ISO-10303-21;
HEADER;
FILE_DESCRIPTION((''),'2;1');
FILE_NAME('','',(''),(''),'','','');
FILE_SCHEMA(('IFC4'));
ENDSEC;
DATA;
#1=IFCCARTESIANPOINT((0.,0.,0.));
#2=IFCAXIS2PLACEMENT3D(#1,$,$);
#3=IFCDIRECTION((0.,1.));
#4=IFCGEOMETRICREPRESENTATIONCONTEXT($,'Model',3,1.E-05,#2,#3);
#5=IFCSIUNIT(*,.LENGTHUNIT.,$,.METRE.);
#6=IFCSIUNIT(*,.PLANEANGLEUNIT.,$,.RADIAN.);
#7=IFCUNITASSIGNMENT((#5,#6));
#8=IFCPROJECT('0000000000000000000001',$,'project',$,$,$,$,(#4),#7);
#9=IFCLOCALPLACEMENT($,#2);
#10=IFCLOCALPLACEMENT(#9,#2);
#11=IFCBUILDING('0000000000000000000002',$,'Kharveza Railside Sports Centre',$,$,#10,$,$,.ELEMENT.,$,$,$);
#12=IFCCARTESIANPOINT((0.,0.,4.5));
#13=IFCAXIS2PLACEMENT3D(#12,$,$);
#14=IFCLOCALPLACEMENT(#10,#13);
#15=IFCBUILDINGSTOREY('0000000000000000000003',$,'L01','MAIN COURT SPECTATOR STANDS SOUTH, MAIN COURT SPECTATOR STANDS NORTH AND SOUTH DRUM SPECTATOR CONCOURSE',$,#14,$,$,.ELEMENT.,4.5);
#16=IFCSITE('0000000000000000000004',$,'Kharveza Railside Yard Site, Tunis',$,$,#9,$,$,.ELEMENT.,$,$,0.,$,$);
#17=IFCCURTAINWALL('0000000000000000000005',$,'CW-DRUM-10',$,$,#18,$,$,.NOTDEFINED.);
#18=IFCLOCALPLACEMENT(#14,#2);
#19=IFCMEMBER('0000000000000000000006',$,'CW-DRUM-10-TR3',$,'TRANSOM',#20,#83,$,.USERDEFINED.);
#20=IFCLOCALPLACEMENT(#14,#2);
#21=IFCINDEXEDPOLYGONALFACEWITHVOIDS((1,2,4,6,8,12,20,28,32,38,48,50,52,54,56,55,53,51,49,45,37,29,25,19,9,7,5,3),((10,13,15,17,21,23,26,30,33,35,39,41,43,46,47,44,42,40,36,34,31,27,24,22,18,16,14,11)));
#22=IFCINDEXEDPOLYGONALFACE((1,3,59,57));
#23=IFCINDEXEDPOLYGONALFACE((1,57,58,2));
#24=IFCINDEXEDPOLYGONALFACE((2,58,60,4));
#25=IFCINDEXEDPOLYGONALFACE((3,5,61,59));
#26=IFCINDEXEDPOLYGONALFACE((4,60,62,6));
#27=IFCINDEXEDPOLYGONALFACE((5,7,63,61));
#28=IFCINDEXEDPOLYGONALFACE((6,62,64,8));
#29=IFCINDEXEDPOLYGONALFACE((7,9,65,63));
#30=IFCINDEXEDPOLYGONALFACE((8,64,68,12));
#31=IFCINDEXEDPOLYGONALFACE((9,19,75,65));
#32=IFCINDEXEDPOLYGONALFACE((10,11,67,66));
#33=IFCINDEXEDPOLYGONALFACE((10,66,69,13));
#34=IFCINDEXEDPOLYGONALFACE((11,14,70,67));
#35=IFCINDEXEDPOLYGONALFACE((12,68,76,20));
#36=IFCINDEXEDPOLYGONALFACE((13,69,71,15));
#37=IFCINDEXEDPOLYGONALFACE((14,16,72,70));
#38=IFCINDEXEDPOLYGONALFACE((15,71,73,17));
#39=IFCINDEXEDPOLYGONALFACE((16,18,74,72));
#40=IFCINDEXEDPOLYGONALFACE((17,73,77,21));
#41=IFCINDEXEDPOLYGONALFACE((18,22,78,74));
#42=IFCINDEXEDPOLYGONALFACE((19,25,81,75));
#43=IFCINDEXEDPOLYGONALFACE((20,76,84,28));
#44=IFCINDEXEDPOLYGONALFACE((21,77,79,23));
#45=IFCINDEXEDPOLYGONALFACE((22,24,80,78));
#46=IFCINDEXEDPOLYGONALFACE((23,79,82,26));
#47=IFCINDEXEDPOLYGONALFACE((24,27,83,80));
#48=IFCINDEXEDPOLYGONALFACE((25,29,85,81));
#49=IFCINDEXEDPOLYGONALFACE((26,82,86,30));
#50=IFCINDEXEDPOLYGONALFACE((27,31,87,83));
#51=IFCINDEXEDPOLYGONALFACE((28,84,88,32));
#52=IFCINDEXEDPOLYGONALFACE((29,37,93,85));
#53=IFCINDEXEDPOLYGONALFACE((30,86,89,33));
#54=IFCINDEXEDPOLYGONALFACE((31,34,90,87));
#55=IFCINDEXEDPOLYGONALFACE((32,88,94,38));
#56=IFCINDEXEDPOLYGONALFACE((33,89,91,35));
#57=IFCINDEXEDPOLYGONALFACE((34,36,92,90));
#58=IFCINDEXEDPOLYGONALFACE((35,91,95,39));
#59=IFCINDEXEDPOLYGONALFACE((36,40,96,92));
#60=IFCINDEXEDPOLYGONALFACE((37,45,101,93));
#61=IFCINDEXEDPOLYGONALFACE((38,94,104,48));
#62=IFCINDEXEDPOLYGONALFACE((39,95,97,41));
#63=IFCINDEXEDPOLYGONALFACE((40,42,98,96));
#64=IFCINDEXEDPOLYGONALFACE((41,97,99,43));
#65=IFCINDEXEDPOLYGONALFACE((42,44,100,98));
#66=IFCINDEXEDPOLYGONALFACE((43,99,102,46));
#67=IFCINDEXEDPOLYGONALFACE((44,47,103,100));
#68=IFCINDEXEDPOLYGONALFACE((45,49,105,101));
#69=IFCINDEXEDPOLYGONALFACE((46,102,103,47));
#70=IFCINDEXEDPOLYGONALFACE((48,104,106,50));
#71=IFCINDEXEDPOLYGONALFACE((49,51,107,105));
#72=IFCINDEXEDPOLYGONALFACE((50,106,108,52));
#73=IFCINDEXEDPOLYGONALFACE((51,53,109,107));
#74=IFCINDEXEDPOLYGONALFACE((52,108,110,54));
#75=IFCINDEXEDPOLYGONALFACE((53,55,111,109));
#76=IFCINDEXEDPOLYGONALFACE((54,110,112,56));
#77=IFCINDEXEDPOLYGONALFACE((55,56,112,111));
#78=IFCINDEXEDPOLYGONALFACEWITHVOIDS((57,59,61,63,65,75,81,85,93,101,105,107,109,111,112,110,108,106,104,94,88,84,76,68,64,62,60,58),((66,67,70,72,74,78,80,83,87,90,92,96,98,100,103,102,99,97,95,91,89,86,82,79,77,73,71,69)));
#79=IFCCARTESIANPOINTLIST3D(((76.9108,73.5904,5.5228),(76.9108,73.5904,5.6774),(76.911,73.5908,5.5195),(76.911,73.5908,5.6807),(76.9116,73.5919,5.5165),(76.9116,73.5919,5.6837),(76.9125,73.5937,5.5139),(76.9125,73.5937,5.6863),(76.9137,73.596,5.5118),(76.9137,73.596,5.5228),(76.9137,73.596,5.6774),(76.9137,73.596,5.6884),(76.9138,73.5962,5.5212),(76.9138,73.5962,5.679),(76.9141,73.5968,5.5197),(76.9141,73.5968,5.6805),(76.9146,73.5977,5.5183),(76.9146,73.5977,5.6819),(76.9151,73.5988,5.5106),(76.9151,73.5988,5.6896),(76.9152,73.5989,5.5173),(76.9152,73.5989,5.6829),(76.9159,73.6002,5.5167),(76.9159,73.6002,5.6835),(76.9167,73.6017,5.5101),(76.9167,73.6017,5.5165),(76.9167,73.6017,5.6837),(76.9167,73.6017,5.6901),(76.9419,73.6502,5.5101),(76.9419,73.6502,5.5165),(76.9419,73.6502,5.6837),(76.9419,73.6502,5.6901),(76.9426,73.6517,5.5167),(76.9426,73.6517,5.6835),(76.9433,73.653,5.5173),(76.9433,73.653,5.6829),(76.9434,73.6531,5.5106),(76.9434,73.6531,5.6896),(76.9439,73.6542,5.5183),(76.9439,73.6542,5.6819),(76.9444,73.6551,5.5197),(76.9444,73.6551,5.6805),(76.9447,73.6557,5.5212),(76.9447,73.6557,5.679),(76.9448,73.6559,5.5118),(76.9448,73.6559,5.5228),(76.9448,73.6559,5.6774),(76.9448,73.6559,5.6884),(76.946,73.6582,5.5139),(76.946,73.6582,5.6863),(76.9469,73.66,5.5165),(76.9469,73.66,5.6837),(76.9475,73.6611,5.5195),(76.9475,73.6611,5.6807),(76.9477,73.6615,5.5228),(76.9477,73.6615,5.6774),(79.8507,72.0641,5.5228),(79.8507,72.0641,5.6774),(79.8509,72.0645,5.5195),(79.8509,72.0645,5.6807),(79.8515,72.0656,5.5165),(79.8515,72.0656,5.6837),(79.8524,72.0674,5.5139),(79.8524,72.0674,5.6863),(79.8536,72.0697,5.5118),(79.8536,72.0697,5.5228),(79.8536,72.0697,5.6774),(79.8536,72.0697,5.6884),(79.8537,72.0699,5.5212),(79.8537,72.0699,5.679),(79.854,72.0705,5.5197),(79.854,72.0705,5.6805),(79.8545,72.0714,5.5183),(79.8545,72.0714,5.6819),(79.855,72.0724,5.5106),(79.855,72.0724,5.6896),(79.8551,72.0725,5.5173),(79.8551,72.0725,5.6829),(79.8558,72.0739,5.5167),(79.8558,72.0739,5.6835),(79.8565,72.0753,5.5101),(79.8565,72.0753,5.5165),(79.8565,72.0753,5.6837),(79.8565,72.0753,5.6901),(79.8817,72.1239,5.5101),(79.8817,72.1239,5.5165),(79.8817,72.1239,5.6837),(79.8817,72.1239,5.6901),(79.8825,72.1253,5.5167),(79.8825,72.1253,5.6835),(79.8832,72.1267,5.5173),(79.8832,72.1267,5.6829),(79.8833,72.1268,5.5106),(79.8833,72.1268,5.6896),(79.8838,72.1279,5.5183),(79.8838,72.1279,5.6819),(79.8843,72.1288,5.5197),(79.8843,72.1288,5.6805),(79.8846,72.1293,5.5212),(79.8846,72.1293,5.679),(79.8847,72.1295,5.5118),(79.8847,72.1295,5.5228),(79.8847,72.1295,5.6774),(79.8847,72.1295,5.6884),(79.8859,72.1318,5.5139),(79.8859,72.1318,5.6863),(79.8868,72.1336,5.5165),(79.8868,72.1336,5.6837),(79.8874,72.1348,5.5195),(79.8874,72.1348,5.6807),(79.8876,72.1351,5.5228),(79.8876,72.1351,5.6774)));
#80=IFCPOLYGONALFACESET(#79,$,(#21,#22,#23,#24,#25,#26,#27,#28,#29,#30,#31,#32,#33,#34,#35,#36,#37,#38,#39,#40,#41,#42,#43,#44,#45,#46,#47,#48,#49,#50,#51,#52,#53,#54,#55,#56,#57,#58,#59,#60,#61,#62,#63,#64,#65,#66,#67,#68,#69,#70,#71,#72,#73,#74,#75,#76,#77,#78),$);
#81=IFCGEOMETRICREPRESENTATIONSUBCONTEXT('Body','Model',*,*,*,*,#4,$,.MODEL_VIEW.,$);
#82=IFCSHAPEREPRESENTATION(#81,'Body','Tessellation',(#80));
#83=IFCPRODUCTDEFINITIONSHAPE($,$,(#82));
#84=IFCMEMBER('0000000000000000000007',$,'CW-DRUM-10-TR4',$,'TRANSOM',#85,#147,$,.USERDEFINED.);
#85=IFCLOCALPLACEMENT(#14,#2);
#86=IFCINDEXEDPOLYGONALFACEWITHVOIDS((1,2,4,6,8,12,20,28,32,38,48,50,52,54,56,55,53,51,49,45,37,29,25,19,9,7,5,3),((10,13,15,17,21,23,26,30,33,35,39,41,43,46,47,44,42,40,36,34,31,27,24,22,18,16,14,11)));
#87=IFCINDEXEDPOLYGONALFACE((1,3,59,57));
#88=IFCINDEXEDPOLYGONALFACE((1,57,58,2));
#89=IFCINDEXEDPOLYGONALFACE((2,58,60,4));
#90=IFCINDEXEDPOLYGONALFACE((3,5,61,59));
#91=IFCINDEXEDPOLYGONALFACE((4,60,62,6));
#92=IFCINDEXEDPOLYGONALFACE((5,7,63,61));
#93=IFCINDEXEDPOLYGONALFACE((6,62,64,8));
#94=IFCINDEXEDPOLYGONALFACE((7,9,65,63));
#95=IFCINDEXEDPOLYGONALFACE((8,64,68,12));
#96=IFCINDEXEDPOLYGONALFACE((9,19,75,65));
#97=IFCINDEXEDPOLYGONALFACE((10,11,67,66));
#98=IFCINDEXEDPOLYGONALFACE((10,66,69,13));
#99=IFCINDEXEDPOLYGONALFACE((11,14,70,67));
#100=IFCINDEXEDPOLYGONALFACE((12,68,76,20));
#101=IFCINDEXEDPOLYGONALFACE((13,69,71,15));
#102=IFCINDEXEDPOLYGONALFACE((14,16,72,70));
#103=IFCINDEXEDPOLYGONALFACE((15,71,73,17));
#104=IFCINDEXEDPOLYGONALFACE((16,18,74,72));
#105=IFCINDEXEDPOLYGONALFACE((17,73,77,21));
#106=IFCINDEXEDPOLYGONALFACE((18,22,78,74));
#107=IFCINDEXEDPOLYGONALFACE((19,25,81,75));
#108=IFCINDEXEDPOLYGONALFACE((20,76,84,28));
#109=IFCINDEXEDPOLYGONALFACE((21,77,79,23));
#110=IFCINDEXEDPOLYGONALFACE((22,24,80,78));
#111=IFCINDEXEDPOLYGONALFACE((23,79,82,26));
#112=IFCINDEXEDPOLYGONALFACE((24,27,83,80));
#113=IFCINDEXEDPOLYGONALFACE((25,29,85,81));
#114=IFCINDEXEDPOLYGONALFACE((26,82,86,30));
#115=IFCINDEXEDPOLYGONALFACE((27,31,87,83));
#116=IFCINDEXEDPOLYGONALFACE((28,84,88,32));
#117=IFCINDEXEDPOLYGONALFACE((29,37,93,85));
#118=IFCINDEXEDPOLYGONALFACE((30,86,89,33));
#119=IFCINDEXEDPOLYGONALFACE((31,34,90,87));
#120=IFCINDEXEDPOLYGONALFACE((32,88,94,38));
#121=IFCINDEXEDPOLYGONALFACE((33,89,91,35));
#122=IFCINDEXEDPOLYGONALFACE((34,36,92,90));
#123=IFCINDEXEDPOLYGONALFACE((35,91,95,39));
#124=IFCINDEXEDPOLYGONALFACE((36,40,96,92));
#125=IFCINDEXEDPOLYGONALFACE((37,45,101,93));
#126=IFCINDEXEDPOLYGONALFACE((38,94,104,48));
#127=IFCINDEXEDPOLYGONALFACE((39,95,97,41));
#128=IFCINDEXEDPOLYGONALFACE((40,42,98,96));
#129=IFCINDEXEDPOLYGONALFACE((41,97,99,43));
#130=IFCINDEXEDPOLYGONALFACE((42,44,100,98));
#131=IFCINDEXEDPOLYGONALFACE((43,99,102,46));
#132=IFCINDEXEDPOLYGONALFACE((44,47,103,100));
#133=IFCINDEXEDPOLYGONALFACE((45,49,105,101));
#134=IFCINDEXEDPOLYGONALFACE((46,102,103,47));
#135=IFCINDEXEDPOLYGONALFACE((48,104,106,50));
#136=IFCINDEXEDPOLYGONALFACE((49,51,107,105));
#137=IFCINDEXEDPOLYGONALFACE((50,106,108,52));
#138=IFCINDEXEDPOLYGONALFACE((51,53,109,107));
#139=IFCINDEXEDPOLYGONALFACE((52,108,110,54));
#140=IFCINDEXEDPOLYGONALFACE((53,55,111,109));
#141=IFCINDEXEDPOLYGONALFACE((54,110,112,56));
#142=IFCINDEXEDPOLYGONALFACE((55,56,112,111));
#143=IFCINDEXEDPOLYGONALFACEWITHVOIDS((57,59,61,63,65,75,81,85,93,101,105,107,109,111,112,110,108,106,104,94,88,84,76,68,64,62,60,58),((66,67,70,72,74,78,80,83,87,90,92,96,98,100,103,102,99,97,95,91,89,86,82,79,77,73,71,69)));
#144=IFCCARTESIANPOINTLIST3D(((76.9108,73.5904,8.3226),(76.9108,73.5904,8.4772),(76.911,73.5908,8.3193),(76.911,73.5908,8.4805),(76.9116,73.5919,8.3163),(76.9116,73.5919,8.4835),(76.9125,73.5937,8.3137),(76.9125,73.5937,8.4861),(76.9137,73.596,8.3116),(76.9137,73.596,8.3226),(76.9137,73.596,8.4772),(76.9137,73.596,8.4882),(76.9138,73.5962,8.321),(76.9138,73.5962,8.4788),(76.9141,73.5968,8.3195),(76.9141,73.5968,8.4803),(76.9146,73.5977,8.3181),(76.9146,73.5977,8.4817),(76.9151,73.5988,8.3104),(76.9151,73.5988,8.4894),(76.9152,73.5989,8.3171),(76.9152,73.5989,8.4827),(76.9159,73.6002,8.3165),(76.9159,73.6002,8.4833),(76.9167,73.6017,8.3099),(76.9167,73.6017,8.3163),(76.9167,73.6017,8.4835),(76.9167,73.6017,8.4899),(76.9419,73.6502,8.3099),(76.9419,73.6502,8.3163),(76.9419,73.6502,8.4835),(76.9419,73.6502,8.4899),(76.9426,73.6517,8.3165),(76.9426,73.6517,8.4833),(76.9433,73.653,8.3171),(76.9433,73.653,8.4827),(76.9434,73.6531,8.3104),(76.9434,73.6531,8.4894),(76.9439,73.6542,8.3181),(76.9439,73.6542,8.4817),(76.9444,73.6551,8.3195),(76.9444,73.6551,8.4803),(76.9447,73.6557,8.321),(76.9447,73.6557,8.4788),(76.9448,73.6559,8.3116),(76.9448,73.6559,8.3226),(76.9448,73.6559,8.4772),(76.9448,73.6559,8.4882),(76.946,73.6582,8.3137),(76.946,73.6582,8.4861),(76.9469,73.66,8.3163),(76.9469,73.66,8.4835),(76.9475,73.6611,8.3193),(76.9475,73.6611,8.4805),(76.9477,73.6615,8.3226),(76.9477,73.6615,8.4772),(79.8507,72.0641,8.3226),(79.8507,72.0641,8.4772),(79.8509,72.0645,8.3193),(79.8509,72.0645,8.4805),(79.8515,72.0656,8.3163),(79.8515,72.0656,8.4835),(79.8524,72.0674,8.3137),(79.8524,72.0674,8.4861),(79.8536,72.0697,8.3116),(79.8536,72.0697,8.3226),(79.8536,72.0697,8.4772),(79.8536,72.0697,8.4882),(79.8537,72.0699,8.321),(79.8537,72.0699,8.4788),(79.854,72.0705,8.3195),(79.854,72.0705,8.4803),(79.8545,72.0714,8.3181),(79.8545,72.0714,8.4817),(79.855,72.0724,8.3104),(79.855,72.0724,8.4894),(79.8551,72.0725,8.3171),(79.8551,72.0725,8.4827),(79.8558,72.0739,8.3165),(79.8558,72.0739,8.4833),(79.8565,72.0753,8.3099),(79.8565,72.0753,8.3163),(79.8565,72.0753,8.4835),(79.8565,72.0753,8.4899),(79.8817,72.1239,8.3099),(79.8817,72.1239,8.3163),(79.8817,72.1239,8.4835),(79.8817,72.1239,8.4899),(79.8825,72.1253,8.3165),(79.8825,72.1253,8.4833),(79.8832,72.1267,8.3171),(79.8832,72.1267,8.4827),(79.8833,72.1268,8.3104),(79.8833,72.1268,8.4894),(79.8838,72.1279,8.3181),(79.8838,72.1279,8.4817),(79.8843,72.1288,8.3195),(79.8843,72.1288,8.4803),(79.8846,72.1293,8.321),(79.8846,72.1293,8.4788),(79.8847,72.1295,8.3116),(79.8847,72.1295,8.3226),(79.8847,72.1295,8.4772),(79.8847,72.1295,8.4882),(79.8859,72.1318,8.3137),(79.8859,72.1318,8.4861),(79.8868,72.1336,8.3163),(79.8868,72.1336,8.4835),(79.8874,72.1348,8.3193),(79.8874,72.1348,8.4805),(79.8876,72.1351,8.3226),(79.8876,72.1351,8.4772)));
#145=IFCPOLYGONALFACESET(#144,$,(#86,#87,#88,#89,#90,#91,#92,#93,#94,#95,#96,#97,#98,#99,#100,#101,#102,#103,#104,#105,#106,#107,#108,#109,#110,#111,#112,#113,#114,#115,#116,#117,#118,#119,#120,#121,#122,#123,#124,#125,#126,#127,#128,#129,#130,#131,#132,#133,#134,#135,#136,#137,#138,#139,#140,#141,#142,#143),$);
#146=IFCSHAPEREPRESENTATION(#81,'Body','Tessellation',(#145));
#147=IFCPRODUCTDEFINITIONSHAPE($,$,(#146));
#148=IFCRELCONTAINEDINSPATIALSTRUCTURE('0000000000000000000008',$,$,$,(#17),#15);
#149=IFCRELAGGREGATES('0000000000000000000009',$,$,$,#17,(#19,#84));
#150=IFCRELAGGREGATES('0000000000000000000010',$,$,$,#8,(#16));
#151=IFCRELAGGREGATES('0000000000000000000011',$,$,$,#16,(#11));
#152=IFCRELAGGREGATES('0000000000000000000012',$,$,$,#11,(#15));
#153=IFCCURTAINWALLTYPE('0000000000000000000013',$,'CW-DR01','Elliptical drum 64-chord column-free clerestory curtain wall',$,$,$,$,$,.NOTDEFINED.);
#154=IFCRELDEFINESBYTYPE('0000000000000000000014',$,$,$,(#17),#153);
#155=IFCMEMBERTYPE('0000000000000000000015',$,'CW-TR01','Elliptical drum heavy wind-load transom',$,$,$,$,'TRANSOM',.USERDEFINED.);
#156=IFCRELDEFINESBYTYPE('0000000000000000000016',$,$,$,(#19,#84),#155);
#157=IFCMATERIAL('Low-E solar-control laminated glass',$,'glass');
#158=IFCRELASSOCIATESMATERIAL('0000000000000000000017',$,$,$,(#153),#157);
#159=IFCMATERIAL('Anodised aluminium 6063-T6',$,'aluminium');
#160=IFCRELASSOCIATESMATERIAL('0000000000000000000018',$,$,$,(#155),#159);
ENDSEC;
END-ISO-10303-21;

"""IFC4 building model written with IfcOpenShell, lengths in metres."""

from ifc_helpers import new_model, si_unit, direction, frame, origin, origin_2d, place, context, subcontext, project, spatial, hollow_rectangle, extrude, material, material_profile, profile_set, type_object, element, aggregate, save


model = new_model("IFC4")

# Units and contexts
model_context = context("Model", 3, precision=1e-05, world=origin(), true_north=direction((0.0, 1.0)))
body_context = subcontext(model_context, "Body", "Model", "MODEL_VIEW")
ifc_project = project(units=[si_unit("LENGTHUNIT", "METRE"), si_unit("PLANEANGLEUNIT", "RADIAN")], contexts=[model_context])

# Site, building, storey
site_placement = place(None, origin())
site = spatial("IfcSite", under=ifc_project, at=site_placement, Name="Kharveza Railside Yard Site, Tunis", CompositionType="ELEMENT", RefElevation=0.0)
building_placement = place(site_placement, origin())
building = spatial("IfcBuilding", under=site, at=building_placement, Name="Kharveza Railside Sports Centre", CompositionType="ELEMENT")
storey_placement = place(building_placement, frame((0.0, 0.0, 4.5)))
storey = spatial("IfcBuildingStorey", under=building, at=storey_placement, Name="L01", Description="MAIN COURT SPECTATOR STANDS SOUTH, MAIN COURT SPECTATOR STANDS NORTH AND SOUTH DRUM SPECTATOR CONCOURSE", CompositionType="ELEMENT", Elevation=4.5)

# Curtain wall
ifc_material_1 = material(Name="Low-E solar-control laminated glass", Category="glass")
curtain_wall_type = type_object("IfcCurtainWallType", Name="CW-DR01", Description="Elliptical drum 64-chord column-free clerestory curtain wall", PredefinedType="NOTDEFINED", material=ifc_material_1)
ifc_material_2 = material(Name="Anodised aluminium 6063-T6", Category="aluminium")
curtain_wall_1_placement = place(storey_placement, origin())
curtain_wall_1 = element("IfcCurtainWall", 1, at=curtain_wall_1_placement, inside=storey, type_object=curtain_wall_type, Name="CW-DRUM-10", PredefinedType="NOTDEFINED")

# Members
ifc_material_profile_1 = material_profile(ifc_material_2, hollow_rectangle(XDim=0.0801, YDim=0.1799, WallThickness=0.0063, InnerFilletRadius=0.0063, OuterFilletRadius=0.0127, at=origin_2d()), Name="RHS 80x180x6.3")
ifc_profile_set_1 = profile_set([ifc_material_profile_1], Name="Anodised aluminium 6063-T6")
member_type_1 = type_object("IfcMemberType", Name="CW-TR01", Description="Elliptical drum heavy wind-load transom", ElementType="TRANSOM", PredefinedType="USERDEFINED", material=ifc_profile_set_1)
member_1_placement = place(storey_placement, frame((79.8691, 72.0996, 5.6001), z_axis=(-0.887513, 0.460782, 0.0), x_axis=(-0.460782, -0.887513, 0.0)))
member_1 = element("IfcMember", 2, at=member_1_placement, type_object=member_type_1, Name="CW-DRUM-10-TR3", ObjectType="TRANSOM", PredefinedType="USERDEFINED", context=body_context, shape_type="SweptSolid", body=[
    extrude(hollow_rectangle(XDim=0.0801, YDim=0.1799, WallThickness=0.0063, InnerFilletRadius=0.0063, OuterFilletRadius=0.0127, at=origin_2d()), origin(), (0.0, 0.0, 1.0), 3.3125),
])
member_2_placement = place(storey_placement, frame((79.8691, 72.0996, 8.3999), z_axis=(-0.887513, 0.460782, 0.0), x_axis=(-0.460782, -0.887513, 0.0)))
member_2 = element("IfcMember", 3, at=member_2_placement, type_object=member_type_1, Name="CW-DRUM-10-TR4", ObjectType="TRANSOM", PredefinedType="USERDEFINED", context=body_context, shape_type="SweptSolid", body=[
    extrude(hollow_rectangle(XDim=0.0801, YDim=0.1799, WallThickness=0.0063, InnerFilletRadius=0.0063, OuterFilletRadius=0.0127, at=origin_2d()), origin(), (0.0, 0.0, 1.0), 3.3125),
])

aggregate(curtain_wall_1, [member_1, member_2])

save(model, "model.ifc")
